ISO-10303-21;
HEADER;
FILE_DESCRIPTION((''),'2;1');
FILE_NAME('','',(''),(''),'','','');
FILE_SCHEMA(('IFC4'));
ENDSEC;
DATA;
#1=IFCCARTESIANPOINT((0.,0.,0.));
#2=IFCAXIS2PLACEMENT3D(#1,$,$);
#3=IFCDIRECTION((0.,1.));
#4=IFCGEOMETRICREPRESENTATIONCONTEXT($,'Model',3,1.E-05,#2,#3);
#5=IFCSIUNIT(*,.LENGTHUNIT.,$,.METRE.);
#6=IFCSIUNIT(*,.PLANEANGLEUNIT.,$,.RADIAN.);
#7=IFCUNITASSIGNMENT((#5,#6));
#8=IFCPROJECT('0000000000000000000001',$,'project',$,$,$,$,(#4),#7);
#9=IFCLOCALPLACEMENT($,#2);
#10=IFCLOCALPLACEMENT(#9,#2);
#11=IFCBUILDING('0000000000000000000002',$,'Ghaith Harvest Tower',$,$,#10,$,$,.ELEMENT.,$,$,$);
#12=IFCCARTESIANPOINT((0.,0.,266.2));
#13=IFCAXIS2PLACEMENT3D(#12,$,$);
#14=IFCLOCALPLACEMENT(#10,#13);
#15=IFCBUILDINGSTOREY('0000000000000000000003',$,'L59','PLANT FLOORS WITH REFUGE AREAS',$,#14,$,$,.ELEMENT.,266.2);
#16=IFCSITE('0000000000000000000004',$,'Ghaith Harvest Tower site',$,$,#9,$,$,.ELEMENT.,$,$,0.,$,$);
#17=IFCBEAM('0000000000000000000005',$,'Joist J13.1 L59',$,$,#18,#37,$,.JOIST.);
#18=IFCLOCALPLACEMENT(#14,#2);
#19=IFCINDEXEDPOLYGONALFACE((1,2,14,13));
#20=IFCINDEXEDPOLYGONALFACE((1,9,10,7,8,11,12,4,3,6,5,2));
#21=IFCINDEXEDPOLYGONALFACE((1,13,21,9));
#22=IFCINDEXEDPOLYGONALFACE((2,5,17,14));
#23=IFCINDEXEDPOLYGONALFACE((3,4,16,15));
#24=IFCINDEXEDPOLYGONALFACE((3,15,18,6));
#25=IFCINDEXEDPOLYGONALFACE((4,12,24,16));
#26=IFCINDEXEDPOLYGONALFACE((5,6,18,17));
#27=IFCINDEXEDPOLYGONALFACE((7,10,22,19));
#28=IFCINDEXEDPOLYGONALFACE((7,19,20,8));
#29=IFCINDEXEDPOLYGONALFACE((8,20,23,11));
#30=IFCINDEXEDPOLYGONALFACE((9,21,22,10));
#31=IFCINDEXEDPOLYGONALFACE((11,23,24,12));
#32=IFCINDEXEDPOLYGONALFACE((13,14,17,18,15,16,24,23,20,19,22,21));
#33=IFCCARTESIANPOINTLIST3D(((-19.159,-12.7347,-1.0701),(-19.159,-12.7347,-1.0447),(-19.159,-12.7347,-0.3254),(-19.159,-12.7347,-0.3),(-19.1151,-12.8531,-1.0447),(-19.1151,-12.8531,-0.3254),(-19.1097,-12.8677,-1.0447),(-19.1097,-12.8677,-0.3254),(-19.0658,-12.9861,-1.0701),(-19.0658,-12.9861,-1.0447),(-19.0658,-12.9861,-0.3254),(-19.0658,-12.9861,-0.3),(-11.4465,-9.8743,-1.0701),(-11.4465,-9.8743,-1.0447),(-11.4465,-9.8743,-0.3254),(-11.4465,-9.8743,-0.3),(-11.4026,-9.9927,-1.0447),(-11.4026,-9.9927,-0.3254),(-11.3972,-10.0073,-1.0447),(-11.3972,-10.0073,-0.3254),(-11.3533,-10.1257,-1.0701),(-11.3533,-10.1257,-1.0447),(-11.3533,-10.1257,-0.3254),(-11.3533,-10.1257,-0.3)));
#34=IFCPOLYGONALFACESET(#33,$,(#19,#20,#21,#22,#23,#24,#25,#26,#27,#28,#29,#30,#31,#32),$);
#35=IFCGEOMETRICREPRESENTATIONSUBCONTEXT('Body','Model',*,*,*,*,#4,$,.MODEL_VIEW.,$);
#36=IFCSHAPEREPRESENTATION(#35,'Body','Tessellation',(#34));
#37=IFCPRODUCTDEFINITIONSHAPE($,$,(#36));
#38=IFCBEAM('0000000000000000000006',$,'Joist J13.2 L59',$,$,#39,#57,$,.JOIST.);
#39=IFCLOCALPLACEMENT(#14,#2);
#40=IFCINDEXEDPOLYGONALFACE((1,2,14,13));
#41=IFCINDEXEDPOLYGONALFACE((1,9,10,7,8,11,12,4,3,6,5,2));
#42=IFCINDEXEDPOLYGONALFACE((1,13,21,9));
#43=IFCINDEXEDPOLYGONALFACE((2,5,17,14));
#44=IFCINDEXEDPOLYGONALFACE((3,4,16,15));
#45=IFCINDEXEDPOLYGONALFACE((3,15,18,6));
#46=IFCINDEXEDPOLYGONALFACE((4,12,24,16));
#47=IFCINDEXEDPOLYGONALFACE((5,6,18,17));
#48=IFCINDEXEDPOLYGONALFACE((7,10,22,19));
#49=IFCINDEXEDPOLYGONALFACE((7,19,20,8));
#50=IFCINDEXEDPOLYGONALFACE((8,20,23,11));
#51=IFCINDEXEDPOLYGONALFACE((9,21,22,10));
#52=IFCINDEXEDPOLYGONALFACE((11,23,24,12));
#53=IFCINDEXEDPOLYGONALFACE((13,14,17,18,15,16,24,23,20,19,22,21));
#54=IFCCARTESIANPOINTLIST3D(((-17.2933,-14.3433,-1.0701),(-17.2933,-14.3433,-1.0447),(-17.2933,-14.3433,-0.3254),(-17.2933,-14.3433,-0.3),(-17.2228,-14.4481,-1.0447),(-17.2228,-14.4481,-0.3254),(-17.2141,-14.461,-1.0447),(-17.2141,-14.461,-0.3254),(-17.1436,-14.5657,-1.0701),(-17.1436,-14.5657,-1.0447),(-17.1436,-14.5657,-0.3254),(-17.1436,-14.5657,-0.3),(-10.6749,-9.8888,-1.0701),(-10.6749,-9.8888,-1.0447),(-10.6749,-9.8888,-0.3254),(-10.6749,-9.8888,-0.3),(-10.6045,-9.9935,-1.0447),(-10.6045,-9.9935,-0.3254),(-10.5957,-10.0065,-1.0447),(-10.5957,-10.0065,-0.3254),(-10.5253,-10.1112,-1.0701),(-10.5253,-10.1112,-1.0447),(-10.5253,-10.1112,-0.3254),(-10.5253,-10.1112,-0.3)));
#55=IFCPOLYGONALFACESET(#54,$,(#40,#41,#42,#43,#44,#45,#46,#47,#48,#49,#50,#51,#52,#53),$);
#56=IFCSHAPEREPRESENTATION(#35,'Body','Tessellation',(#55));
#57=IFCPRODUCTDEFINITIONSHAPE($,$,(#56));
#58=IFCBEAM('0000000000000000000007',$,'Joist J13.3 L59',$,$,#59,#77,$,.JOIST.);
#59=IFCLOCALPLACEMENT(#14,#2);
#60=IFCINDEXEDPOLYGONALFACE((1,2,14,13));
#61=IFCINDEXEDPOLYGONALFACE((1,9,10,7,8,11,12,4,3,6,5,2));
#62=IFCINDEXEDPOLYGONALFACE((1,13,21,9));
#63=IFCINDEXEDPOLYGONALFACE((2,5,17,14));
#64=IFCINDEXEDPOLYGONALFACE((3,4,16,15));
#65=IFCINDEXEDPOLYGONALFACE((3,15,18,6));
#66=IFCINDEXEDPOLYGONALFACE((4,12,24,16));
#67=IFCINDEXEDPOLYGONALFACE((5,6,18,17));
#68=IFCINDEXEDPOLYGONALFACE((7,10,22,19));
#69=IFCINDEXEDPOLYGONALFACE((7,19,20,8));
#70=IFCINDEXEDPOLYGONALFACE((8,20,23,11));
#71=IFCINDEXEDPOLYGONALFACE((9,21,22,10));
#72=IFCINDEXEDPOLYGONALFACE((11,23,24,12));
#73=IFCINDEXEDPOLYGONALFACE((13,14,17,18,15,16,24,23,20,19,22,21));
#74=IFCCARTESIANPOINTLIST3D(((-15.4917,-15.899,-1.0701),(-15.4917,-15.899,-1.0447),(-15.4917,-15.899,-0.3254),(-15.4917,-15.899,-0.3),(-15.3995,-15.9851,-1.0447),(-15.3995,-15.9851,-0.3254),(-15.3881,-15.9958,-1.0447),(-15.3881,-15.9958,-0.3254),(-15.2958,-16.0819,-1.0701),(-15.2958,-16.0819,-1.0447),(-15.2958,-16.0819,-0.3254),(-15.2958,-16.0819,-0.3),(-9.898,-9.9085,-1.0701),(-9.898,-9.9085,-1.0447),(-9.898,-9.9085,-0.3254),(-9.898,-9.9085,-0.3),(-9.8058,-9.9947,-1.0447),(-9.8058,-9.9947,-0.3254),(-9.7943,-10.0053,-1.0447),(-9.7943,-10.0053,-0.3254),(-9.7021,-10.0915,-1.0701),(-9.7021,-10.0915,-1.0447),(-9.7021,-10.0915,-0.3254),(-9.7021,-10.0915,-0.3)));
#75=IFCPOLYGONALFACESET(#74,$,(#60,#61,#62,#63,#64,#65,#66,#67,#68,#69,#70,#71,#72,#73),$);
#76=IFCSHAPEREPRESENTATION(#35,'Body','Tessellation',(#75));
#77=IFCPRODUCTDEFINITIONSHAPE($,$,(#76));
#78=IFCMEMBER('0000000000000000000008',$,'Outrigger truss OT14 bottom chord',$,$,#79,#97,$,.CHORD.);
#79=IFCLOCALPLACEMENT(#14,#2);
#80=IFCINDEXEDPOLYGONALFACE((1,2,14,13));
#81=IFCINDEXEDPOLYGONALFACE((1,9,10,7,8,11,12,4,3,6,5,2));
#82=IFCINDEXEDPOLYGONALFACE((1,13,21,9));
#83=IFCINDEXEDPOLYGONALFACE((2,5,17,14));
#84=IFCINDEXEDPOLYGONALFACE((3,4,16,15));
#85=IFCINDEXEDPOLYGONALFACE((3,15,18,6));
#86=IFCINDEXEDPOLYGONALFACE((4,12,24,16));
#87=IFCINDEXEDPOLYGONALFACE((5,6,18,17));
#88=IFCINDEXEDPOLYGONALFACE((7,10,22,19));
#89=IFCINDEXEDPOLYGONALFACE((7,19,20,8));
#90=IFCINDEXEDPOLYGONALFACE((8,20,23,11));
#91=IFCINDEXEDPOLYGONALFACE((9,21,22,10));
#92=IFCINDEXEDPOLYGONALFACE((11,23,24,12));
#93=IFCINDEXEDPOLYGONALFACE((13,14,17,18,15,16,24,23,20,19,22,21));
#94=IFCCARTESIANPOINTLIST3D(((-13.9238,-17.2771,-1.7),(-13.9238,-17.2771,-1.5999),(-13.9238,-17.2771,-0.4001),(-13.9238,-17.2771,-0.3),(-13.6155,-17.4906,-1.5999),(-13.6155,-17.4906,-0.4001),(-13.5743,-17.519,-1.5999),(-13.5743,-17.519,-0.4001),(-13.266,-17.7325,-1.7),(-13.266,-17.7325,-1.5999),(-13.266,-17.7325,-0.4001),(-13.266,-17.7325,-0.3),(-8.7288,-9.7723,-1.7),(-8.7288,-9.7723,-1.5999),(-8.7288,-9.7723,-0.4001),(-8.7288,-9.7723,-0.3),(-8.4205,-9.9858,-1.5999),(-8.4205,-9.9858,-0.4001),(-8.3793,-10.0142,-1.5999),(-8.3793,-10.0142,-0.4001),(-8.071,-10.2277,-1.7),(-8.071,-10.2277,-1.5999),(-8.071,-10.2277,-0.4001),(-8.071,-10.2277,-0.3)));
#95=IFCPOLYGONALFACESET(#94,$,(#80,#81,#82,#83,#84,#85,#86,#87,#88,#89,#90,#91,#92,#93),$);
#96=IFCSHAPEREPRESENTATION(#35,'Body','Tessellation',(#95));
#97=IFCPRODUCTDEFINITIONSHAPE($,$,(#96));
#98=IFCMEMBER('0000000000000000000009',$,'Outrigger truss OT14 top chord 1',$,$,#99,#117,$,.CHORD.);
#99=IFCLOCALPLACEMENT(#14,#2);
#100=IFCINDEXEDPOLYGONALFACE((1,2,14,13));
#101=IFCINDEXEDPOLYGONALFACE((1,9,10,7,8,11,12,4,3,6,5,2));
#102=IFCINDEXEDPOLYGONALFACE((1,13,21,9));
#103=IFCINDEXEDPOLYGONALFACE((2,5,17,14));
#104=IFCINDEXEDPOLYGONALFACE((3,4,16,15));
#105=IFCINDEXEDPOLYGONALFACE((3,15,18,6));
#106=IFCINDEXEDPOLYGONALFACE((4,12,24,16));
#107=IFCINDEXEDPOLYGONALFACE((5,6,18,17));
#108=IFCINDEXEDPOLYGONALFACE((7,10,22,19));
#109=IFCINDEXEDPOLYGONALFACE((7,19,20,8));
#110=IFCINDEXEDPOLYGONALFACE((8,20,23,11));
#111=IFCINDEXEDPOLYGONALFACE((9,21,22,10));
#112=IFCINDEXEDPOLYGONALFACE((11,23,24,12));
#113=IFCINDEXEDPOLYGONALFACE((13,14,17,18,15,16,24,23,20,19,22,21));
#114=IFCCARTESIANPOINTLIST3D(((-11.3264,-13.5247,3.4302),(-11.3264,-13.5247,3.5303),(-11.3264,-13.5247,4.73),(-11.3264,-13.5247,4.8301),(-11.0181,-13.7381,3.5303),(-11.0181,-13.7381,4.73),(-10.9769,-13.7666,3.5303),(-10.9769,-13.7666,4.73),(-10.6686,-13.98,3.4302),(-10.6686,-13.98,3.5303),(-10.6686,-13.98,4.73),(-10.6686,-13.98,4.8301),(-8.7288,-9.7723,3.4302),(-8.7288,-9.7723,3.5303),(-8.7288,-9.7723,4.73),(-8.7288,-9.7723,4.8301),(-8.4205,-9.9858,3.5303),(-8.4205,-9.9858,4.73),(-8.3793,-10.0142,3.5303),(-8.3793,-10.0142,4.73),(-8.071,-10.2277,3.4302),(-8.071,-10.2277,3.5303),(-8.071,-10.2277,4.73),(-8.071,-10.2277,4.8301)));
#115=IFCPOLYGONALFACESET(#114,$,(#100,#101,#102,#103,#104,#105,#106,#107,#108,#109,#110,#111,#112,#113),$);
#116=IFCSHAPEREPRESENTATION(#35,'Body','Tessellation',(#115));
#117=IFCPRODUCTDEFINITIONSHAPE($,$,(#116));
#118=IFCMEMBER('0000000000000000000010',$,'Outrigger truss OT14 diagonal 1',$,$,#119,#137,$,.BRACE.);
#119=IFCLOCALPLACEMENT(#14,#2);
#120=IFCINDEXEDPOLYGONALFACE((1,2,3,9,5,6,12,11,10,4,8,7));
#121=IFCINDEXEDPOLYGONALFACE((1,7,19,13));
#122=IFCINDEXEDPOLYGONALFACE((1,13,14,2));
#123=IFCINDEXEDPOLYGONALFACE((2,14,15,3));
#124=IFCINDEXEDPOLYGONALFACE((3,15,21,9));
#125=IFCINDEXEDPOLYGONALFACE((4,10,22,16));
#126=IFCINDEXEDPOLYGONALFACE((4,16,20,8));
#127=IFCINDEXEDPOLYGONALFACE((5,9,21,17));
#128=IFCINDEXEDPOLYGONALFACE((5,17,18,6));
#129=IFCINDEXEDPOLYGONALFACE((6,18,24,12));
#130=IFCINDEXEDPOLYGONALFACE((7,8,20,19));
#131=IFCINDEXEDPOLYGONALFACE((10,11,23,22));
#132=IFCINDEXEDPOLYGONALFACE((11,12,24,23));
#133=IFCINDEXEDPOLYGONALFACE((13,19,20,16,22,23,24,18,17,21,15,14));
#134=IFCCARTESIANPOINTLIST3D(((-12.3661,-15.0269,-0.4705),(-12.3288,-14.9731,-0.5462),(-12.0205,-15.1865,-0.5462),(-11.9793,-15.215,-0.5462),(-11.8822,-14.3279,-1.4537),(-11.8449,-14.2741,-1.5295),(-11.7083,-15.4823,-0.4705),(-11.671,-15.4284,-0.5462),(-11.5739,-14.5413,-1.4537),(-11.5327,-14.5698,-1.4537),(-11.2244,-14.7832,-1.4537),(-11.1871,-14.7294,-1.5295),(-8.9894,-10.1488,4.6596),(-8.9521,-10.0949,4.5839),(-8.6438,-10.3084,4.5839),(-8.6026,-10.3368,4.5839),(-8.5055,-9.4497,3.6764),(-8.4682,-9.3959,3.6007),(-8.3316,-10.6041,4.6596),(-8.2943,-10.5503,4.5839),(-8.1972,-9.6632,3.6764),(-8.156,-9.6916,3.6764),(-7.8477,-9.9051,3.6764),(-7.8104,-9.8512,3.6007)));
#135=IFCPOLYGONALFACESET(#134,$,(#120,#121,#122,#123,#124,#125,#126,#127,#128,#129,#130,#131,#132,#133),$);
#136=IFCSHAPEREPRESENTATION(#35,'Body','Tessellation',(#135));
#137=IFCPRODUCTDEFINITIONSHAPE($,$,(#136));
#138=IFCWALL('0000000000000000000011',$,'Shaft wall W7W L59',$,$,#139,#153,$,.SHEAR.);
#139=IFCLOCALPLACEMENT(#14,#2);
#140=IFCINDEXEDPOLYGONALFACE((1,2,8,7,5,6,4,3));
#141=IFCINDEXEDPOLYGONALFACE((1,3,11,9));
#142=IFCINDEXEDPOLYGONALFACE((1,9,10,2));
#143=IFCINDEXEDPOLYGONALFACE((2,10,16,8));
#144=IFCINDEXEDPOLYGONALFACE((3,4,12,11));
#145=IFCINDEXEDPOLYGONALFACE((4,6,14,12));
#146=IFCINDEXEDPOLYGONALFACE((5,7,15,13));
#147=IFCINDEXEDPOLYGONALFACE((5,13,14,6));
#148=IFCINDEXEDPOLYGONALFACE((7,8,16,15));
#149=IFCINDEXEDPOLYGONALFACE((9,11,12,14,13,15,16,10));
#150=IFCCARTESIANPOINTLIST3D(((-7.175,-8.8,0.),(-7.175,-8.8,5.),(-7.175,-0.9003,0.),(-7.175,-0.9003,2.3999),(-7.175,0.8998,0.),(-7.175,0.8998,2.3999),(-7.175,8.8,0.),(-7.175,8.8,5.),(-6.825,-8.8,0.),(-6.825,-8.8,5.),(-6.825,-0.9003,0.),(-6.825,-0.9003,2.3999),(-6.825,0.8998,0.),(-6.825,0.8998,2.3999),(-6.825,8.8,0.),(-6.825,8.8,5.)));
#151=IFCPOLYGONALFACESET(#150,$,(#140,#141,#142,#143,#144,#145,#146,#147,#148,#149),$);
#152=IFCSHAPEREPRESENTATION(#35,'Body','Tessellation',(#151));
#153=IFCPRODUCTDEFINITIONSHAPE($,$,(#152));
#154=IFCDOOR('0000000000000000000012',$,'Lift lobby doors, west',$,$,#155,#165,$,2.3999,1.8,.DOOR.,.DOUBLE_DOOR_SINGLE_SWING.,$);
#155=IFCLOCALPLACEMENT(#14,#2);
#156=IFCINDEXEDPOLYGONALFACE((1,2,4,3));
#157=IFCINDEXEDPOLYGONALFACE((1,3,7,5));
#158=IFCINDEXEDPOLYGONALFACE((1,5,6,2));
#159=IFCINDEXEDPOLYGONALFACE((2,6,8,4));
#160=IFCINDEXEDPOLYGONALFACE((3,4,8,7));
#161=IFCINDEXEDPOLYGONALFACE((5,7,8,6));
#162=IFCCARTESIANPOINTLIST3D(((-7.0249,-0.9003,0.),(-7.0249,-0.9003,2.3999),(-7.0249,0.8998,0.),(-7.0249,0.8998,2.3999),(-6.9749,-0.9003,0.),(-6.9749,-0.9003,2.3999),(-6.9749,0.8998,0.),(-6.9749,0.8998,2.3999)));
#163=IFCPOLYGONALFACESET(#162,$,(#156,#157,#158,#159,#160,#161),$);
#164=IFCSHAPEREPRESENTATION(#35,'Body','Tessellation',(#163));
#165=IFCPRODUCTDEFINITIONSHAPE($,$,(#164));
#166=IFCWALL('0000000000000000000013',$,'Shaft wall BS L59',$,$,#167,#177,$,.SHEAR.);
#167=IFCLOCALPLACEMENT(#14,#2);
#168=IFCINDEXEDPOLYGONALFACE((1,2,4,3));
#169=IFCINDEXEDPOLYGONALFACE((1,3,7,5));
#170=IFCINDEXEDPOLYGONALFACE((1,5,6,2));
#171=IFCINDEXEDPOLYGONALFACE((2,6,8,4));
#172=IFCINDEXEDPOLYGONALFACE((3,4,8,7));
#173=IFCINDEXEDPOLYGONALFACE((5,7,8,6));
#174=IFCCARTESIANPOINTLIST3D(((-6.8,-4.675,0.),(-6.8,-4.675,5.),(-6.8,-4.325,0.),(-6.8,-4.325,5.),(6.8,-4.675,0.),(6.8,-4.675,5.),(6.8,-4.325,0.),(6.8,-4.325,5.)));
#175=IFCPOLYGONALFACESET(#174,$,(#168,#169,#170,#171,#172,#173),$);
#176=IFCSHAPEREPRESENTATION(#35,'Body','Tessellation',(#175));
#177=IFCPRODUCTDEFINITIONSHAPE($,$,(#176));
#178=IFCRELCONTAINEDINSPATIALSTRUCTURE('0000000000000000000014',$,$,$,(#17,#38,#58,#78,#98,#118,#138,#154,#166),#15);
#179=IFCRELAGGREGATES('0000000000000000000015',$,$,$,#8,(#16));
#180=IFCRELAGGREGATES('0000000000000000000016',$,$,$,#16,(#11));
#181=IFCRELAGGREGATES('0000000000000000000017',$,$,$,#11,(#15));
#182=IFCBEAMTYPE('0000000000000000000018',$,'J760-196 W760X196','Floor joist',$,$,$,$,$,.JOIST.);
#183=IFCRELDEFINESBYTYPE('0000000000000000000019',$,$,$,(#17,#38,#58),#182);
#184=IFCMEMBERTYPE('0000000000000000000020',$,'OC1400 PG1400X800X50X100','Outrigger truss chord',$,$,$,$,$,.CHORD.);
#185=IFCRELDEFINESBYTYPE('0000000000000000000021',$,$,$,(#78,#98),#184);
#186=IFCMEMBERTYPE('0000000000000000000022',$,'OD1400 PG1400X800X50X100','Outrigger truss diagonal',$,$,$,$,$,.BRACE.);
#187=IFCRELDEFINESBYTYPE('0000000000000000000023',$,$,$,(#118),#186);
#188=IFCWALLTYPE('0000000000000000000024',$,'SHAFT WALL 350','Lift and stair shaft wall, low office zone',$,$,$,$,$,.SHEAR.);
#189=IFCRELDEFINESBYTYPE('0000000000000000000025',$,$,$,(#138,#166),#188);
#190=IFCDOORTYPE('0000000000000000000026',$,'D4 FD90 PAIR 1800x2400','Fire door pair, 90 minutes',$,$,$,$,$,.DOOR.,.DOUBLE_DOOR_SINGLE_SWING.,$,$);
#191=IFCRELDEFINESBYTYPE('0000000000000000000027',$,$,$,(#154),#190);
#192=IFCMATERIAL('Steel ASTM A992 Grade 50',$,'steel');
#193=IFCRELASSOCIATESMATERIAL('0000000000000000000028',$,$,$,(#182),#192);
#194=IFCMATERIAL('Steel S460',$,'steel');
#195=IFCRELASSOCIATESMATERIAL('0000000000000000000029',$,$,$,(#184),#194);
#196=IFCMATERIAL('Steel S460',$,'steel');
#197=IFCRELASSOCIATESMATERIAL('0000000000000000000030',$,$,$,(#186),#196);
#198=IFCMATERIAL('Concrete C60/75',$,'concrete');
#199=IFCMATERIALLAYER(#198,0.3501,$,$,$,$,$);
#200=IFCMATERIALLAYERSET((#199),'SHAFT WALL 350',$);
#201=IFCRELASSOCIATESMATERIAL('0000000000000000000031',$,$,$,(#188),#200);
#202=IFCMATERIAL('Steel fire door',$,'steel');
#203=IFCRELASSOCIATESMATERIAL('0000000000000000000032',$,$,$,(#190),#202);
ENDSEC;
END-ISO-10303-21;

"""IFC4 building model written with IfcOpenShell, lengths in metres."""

from ifc_helpers import new_model, si_unit, direction, frame, frame_2d, origin, origin_2d, place, context, subcontext, project, spatial, rectangle, i_section, extrude, material, layer, layer_set, material_profile, profile_set, type_object, element, fill, save


model = new_model("IFC4")

# Units and contexts
model_context = context("Model", 3, precision=1e-05, world=origin(), true_north=direction((0.0, 1.0)))
body_context = subcontext(model_context, "Body", "Model", "MODEL_VIEW")
ifc_project = project(units=[si_unit("LENGTHUNIT", "METRE"), si_unit("PLANEANGLEUNIT", "RADIAN")], contexts=[model_context])

# Site, building, storey
site_placement = place(None, origin())
site = spatial("IfcSite", under=ifc_project, at=site_placement, Name="Ghaith Harvest Tower site", CompositionType="ELEMENT", RefElevation=0.0)
building_placement = place(site_placement, origin())
building = spatial("IfcBuilding", under=site, at=building_placement, Name="Ghaith Harvest Tower", CompositionType="ELEMENT")
storey_placement = place(building_placement, frame((0.0, 0.0, 266.2)))
storey = spatial("IfcBuildingStorey", under=building, at=storey_placement, Name="L59", Description="PLANT FLOORS WITH REFUGE AREAS", CompositionType="ELEMENT", Elevation=266.2)

# Beams
ifc_material_1 = material(Name="Steel ASTM A992 Grade 50", Category="steel")
ifc_material_profile_1 = material_profile(ifc_material_1, i_section(OverallWidth=0.2681, OverallDepth=0.77, WebThickness=0.0156, FlangeThickness=0.0254, at=origin_2d()), Name="W760X196")
ifc_profile_set_1 = profile_set([ifc_material_profile_1], Name="Steel ASTM A992 Grade 50")
beam_type = type_object("IfcBeamType", Name="J760-196 W760X196", Description="Floor joist", PredefinedType="JOIST", material=ifc_profile_set_1)
beam_1_placement = place(storey_placement, frame((-11.3999, -10.0, -0.6851), z_axis=(-0.937594, -0.347732, 0.0), x_axis=(0.347732, -0.937594, 0.0)))
element("IfcBeam", 1, at=beam_1_placement, inside=storey, type_object=beam_type, Name="Joist J13.1 L59", PredefinedType="JOIST", context=body_context, shape_type="SweptSolid", body=[
    extrude(i_section(OverallWidth=0.2681, OverallDepth=0.77, WebThickness=0.0156, FlangeThickness=0.0254, at=origin_2d()), origin(), (0.0, 0.0, 1.0), 8.2258),
])
beam_2_placement = place(storey_placement, frame((-10.6001, -10.0, -0.6851), z_axis=(-0.829594, -0.558367, 0.0), x_axis=(0.558367, -0.829594, 0.0)))
element("IfcBeam", 2, at=beam_2_placement, inside=storey, type_object=beam_type, Name="Joist J13.2 L59", PredefinedType="JOIST", context=body_context, shape_type="SweptSolid", body=[
    extrude(i_section(OverallWidth=0.2681, OverallDepth=0.77, WebThickness=0.0156, FlangeThickness=0.0254, at=origin_2d()), origin(), (0.0, 0.0, 1.0), 7.9778),
])
beam_3_placement = place(storey_placement, frame((-9.8, -10.0, -0.6851), z_axis=(-0.68249, -0.730895, 0.0), x_axis=(0.730895, -0.68249, 0.0)))
element("IfcBeam", 3, at=beam_3_placement, inside=storey, type_object=beam_type, Name="Joist J13.3 L59", PredefinedType="JOIST", context=body_context, shape_type="SweptSolid", body=[
    extrude(i_section(OverallWidth=0.2681, OverallDepth=0.77, WebThickness=0.0156, FlangeThickness=0.0254, at=origin_2d()), origin(), (0.0, 0.0, 1.0), 8.196),
])

# Members
ifc_material_2 = material(Name="Steel S460", Category="steel")
ifc_material_profile_2 = material_profile(ifc_material_2, i_section(OverallWidth=0.8, OverallDepth=1.3999, WebThickness=0.05, FlangeThickness=0.1001, at=origin_2d()), Name="PG1400X800X50X100")
ifc_profile_set_2 = profile_set([ifc_material_profile_2], Name="Steel S460")
member_type_1 = type_object("IfcMemberType", Name="OC1400 PG1400X800X50X100", Description="Outrigger truss chord", PredefinedType="CHORD", material=ifc_profile_set_2)
member_1_placement = place(storey_placement, frame((-8.3999, -10.0, -1.0), z_axis=(-0.569164, -0.822224, 0.0), x_axis=(0.822224, -0.569164, 0.0)))
element("IfcMember", 4, at=member_1_placement, inside=storey, type_object=member_type_1, Name="Outrigger truss OT14 bottom chord", PredefinedType="CHORD", context=body_context, shape_type="SweptSolid", body=[
    extrude(i_section(OverallWidth=0.8, OverallDepth=1.3999, WebThickness=0.05, FlangeThickness=0.1001, at=origin_2d()), origin(), (0.0, 0.0, 1.0), 9.1274),
])
member_2_placement = place(storey_placement, frame((-8.3999, -10.0, 4.1301), z_axis=(-0.569182, -0.822211, 0.0), x_axis=(0.822211, -0.569182, 0.0)))
element("IfcMember", 5, at=member_2_placement, inside=storey, type_object=member_type_1, Name="Outrigger truss OT14 top chord 1", PredefinedType="CHORD", context=body_context, shape_type="SweptSolid", body=[
    extrude(i_section(OverallWidth=0.8, OverallDepth=1.3999, WebThickness=0.05, FlangeThickness=0.1001, at=origin_2d()), origin(), (0.0, 0.0, 1.0), 4.5637),
])
ifc_material_3 = material(Name="Steel S460", Category="steel")
ifc_material_profile_3 = material_profile(ifc_material_3, i_section(OverallWidth=0.8, OverallDepth=1.3999, WebThickness=0.05, FlangeThickness=0.1001, at=origin_2d()), Name="PG1400X800X50X100")
ifc_profile_set_3 = profile_set([ifc_material_profile_3], Name="Steel S460")
member_type_2 = type_object("IfcMemberType", Name="OD1400 PG1400X800X50X100", Description="Outrigger truss diagonal", PredefinedType="BRACE", material=ifc_profile_set_3)
member_3_placement = place(storey_placement, frame((-8.3999, -10.0, 4.1301), z_axis=(-0.430523, -0.621956, -0.65408), x_axis=(0.822231, -0.569154, 0.0)))
element("IfcMember", 6, at=member_3_placement, inside=storey, type_object=member_type_2, Name="Outrigger truss OT14 diagonal 1", PredefinedType="BRACE", context=body_context, shape_type="SweptSolid", body=[
    extrude(i_section(OverallWidth=0.8, OverallDepth=1.3999, WebThickness=0.05, FlangeThickness=0.1001, at=origin_2d()), origin(), (0.0, 0.0, 1.0), 7.8433),
])

# Wall, opening, door
ifc_material_4 = material(Name="Concrete C60/75", Category="concrete")
ifc_layer_1 = layer(ifc_material_4, 0.3501)
ifc_layer_set_1 = layer_set([ifc_layer_1], Name="SHAFT WALL 350")
wall_type_1 = type_object("IfcWallType", Name="SHAFT WALL 350", Description="Lift and stair shaft wall, low office zone", PredefinedType="SHEAR", material=ifc_layer_set_1)
wall_1_placement = place(storey_placement, frame((-7.0, -8.8, 0.0), z_axis=(0.0, 0.0, 1.0), x_axis=(0.0, 1.0, 0.0)))
wall_1 = element("IfcWall", 7, at=wall_1_placement, inside=storey, type_object=wall_type_1, Name="Shaft wall W7W L59", PredefinedType="SHEAR", context=body_context, shape_type="SweptSolid", body=[
    extrude(rectangle(XDim=17.6001, YDim=0.3501, at=frame_2d((8.8, 0.0))), origin(), (0.0, 0.0, 1.0), 5.0),
])
opening_placement = place(wall_1_placement, frame((7.8999, 0.0, 0.0)))
opening = element("IfcOpeningElement", 8, at=opening_placement, cuts=wall_1, PredefinedType="OPENING", context=body_context, shape_type="SweptSolid", body=[
    extrude(rectangle(XDim=1.8, YDim=2.3999, at=frame_2d((0.8999, 1.2))), frame((0.0, 0.1851, 0.0), z_axis=(0.0, -1.0, 0.0), x_axis=(1.0, 0.0, 0.0)), (0.0, 0.0, 1.0), 0.3701),
])
ifc_material_5 = material(Name="Steel fire door", Category="steel")
door_type = type_object("IfcDoorType", Name="D4 FD90 PAIR 1800x2400", Description="Fire door pair, 90 minutes", OperationType="DOUBLE_DOOR_SINGLE_SWING", PredefinedType="DOOR", material=ifc_material_5)
door_placement = place(opening_placement, origin())
door = element("IfcDoor", 9, at=door_placement, inside=storey, type_object=door_type, Name="Lift lobby doors, west", OperationType="DOUBLE_DOOR_SINGLE_SWING", OverallHeight=2.3999, OverallWidth=1.8, PredefinedType="DOOR", context=body_context, shape_type="SweptSolid", body=[
    extrude(rectangle(XDim=1.8, YDim=2.3999, at=frame_2d((0.8999, 1.2))), frame((0.0, 0.0249, 0.0), z_axis=(0.0, -1.0, 0.0), x_axis=(1.0, 0.0, 0.0)), (0.0, 0.0, 1.0), 0.05),
])
fill(opening, door)

# Wall
wall_2_placement = place(storey_placement, frame((-6.8, -4.5, 0.0), z_axis=(0.0, 0.0, 1.0), x_axis=(1.0, 0.0, 0.0)))
element("IfcWall", 10, at=wall_2_placement, inside=storey, type_object=wall_type_1, Name="Shaft wall BS L59", PredefinedType="SHEAR", context=body_context, shape_type="SweptSolid", body=[
    extrude(rectangle(XDim=13.6001, YDim=0.3501, at=frame_2d((6.8, 0.0))), origin(), (0.0, 0.0, 1.0), 5.0),
])

save(model, "model.ifc")
